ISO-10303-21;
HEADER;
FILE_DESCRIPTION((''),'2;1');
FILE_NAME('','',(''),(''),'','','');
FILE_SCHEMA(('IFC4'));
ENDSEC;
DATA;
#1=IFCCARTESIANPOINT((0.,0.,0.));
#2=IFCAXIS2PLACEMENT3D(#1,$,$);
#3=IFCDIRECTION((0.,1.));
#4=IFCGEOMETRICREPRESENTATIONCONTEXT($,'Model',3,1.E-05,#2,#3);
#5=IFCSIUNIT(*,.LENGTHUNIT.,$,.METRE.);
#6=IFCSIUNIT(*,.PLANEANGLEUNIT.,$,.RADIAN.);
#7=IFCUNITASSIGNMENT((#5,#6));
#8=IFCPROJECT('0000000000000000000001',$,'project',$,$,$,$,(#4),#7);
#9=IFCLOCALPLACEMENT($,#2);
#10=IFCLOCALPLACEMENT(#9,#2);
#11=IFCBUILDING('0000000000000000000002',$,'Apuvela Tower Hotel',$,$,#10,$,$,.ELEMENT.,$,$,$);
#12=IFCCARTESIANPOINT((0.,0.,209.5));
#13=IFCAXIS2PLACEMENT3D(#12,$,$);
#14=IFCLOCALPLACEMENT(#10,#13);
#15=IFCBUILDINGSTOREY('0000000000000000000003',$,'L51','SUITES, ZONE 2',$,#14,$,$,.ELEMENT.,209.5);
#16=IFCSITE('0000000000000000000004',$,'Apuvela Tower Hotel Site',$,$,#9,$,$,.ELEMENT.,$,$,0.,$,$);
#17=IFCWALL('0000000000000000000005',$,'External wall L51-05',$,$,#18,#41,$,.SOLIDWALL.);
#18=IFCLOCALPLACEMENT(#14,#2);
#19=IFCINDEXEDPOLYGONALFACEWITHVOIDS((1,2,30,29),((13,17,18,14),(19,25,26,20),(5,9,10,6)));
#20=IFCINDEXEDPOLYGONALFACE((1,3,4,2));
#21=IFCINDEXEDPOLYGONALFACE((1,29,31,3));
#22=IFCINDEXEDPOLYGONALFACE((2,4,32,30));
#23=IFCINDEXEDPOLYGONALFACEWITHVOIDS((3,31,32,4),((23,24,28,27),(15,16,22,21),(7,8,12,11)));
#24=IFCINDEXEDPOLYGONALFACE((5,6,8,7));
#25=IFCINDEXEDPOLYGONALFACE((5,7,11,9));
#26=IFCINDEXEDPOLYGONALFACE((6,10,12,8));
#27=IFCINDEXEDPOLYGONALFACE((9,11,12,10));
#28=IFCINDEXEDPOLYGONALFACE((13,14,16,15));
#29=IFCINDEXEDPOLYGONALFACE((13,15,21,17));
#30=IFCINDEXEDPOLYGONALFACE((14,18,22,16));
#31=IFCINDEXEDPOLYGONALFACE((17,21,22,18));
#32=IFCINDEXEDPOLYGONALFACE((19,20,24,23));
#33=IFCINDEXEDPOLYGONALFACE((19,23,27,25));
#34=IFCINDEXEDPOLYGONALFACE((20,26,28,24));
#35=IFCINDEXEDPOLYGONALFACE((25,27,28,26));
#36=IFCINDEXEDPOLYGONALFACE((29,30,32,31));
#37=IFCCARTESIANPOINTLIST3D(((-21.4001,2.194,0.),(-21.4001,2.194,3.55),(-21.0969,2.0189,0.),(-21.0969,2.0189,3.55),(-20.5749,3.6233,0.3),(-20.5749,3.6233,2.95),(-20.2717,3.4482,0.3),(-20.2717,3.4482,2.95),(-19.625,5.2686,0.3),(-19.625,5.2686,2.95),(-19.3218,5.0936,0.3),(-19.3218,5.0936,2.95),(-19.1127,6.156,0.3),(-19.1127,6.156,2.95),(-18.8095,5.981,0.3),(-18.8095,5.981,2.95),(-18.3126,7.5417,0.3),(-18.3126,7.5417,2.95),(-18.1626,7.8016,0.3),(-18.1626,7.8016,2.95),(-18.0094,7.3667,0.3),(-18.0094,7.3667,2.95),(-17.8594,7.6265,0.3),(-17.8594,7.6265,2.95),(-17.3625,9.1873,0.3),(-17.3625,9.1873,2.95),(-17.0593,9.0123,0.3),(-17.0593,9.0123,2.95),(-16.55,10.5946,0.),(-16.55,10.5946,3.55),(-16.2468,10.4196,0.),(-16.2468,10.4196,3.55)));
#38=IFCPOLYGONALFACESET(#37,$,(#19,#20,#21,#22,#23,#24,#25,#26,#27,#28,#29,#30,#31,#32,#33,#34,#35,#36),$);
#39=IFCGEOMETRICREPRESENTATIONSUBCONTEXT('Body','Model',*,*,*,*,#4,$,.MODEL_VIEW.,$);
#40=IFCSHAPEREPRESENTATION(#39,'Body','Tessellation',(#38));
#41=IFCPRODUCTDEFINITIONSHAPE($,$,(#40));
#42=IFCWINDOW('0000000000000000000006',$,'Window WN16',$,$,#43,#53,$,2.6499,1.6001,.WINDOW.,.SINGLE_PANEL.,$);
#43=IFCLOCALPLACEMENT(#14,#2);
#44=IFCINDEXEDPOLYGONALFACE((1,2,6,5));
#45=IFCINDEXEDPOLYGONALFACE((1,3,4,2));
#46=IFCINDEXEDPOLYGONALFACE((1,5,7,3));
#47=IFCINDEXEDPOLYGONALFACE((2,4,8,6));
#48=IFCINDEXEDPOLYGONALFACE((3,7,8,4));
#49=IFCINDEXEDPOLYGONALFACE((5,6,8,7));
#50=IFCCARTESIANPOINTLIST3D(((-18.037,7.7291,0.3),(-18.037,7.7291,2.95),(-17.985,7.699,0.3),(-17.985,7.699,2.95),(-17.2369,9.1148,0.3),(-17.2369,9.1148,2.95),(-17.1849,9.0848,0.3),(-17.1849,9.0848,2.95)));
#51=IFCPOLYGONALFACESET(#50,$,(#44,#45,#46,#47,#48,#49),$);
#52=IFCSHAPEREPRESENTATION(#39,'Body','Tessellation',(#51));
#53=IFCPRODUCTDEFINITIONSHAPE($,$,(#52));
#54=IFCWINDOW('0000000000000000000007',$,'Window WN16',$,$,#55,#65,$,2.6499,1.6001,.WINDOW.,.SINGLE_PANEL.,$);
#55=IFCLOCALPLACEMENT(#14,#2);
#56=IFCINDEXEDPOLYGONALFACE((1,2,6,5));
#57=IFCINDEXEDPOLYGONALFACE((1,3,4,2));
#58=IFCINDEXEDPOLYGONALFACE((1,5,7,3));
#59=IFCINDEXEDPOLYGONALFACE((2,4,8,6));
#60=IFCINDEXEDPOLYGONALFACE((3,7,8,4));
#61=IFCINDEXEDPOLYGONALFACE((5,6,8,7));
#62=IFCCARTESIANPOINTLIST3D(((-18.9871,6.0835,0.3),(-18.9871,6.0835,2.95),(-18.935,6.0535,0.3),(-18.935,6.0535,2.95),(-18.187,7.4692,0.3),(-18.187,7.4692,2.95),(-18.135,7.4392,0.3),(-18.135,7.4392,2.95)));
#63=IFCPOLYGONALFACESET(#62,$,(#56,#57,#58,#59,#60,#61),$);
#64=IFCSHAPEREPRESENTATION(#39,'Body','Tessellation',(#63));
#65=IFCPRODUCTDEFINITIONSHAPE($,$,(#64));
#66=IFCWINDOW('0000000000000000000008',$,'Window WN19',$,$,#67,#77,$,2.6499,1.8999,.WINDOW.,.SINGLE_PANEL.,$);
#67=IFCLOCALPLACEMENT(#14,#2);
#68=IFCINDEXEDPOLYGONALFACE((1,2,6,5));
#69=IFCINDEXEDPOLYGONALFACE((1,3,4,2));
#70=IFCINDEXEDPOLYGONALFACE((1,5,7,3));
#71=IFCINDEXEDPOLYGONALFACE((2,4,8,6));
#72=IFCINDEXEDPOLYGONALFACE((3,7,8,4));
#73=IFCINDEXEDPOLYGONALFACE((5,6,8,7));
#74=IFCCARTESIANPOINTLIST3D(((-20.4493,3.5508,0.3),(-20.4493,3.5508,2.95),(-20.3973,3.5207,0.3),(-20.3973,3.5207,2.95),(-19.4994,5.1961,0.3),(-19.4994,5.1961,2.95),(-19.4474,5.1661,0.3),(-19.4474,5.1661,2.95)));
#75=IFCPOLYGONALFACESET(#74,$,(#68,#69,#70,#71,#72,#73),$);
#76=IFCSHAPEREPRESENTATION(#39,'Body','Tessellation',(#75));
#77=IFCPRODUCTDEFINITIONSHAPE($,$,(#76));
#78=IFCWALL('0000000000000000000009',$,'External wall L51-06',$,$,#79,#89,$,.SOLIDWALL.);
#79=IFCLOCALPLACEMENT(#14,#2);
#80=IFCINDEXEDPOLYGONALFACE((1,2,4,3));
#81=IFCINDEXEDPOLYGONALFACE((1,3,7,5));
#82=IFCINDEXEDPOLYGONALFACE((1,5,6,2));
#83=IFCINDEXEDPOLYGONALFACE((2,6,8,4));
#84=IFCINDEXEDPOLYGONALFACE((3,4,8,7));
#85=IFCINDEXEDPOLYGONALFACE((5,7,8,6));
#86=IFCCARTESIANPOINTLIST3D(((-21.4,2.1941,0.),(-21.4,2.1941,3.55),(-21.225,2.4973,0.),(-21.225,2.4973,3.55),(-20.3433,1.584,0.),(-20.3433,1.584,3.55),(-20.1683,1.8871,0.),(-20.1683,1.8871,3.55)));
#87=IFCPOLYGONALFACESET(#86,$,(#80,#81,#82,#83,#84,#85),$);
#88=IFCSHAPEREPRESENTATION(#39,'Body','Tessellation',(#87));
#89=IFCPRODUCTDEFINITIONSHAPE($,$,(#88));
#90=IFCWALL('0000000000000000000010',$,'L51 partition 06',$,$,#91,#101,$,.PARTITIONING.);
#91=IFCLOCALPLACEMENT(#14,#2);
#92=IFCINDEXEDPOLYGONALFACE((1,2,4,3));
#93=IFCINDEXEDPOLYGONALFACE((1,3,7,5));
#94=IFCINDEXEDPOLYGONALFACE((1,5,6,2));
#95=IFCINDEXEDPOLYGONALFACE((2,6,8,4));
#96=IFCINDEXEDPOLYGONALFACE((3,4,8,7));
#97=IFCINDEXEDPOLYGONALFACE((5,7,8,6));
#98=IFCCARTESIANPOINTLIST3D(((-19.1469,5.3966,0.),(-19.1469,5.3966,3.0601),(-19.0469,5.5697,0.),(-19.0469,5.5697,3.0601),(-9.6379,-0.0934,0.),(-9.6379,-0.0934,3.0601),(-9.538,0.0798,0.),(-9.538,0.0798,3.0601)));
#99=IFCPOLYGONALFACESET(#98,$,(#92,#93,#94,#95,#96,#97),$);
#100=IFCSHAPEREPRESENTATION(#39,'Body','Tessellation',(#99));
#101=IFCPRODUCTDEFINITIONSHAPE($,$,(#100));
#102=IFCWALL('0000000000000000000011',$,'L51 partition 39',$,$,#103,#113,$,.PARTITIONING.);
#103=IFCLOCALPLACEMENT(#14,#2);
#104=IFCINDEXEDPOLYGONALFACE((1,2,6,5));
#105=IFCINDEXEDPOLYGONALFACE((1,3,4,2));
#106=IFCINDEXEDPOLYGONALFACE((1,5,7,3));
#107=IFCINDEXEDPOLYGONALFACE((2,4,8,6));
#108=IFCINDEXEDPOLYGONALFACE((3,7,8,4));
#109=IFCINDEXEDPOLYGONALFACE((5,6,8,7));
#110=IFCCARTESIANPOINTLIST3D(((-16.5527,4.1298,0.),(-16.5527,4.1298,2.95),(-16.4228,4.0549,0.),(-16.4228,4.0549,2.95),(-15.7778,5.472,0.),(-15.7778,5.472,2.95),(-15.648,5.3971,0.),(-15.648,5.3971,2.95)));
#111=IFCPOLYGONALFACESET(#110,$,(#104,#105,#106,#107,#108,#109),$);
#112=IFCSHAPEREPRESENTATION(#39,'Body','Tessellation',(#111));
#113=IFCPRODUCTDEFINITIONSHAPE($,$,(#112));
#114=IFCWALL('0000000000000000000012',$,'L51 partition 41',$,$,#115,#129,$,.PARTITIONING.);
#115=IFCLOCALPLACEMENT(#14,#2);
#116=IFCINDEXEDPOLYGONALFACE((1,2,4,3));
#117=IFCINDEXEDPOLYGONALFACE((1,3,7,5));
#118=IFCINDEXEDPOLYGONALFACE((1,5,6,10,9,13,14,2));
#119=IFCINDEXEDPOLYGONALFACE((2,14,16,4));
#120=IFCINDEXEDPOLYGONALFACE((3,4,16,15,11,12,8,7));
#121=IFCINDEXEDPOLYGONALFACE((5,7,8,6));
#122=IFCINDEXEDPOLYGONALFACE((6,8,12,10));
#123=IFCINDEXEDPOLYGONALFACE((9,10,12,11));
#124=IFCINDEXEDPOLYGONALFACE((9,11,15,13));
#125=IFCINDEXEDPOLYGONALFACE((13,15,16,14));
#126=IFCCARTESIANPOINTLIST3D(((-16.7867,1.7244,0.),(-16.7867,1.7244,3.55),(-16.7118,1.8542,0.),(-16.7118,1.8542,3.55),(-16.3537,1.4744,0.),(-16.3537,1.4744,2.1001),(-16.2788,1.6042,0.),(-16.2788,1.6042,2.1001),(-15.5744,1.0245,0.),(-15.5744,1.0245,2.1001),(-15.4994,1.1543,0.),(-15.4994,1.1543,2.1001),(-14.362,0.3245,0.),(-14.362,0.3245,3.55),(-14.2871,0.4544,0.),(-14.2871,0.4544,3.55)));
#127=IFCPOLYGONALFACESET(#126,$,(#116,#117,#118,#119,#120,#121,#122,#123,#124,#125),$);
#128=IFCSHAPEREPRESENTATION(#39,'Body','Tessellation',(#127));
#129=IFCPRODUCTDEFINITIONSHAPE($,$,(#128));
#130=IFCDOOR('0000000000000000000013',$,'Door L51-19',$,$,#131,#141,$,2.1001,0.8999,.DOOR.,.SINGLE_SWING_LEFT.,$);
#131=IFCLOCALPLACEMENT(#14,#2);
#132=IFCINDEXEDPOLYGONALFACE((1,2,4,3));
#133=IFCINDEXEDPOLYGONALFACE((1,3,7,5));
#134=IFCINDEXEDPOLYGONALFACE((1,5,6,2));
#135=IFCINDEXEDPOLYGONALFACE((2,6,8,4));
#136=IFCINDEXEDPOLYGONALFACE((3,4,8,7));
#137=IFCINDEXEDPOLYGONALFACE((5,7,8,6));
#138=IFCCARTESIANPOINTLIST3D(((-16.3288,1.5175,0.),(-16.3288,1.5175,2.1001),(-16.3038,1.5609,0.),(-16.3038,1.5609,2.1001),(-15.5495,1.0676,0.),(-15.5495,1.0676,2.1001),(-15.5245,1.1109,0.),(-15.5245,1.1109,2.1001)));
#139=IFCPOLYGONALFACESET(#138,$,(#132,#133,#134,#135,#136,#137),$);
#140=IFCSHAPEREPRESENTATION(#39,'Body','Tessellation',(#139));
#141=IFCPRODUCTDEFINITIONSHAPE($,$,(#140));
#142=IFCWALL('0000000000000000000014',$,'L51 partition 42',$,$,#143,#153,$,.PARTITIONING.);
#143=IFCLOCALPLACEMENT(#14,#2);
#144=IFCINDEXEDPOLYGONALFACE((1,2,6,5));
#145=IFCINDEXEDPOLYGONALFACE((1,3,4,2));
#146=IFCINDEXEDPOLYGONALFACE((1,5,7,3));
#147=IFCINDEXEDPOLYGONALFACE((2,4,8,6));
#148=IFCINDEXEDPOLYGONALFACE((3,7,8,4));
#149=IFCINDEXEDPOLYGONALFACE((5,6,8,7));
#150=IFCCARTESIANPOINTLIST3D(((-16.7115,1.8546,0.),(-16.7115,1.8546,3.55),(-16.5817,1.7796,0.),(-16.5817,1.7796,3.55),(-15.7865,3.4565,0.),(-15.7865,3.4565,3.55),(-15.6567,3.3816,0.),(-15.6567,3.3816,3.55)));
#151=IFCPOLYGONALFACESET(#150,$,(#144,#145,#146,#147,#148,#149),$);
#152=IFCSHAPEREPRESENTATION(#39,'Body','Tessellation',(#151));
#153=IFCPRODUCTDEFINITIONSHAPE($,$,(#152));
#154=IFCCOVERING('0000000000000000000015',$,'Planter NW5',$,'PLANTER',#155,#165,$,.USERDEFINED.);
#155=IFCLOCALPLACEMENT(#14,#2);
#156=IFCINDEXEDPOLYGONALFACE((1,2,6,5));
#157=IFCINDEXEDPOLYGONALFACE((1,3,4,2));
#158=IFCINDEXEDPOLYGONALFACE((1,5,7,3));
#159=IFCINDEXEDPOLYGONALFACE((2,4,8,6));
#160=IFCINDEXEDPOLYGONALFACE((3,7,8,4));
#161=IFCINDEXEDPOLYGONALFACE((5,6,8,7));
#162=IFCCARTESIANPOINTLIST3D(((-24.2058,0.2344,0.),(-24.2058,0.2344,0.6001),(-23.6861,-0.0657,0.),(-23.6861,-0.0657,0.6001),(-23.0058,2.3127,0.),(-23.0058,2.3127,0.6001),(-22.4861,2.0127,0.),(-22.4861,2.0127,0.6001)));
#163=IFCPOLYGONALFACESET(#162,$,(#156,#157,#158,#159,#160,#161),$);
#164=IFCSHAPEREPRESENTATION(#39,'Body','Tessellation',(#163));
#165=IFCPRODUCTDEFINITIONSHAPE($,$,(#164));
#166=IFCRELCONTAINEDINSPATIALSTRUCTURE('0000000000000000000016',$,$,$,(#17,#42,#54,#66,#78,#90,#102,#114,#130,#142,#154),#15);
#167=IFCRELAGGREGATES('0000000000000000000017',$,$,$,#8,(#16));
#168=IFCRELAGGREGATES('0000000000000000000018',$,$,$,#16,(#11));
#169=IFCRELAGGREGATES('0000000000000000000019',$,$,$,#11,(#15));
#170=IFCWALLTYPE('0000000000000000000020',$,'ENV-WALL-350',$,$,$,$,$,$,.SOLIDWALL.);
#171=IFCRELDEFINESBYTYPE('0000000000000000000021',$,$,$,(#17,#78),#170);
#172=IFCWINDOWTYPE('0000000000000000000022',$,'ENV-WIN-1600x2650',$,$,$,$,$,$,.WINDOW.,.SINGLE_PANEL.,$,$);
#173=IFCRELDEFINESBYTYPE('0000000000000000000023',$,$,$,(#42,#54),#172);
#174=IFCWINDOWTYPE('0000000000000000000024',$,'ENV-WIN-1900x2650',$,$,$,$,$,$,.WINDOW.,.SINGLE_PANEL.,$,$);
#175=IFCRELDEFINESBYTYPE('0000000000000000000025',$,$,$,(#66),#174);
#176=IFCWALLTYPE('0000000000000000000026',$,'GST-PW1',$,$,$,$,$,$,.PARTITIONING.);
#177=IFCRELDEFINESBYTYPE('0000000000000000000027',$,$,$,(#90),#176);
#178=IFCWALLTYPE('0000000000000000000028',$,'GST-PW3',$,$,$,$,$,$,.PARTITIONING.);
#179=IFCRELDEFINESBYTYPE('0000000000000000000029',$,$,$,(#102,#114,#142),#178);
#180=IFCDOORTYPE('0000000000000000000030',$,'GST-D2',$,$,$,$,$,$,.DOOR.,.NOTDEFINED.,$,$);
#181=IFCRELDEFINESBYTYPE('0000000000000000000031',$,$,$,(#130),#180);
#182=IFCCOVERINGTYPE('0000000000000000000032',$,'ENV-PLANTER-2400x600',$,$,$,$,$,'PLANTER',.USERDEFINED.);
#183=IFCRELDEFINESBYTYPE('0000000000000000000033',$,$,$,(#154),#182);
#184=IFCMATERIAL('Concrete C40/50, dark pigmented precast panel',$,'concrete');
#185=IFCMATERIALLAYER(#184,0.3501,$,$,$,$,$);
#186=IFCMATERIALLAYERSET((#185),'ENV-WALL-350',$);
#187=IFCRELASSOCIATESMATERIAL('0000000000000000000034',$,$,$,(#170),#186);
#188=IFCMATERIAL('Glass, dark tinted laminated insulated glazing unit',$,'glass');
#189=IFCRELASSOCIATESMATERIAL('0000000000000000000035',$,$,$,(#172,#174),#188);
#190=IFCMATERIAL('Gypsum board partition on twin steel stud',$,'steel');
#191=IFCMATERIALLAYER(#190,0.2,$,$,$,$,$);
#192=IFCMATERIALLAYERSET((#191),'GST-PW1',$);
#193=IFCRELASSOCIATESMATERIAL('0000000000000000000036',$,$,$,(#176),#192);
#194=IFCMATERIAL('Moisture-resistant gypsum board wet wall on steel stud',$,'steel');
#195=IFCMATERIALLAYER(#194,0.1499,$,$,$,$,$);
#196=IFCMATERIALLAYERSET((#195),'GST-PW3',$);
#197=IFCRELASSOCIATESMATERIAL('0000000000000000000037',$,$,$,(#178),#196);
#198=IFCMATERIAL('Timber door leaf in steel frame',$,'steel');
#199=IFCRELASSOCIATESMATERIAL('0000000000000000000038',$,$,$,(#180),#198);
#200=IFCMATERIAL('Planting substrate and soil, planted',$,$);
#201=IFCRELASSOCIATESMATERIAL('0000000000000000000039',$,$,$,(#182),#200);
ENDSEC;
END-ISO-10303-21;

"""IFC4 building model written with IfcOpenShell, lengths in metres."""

from ifc_helpers import new_model, si_unit, direction, frame, frame_2d, origin, origin_2d, place, context, subcontext, project, spatial, rectangle, extrude, material, layer, layer_set, type_object, element, fill, save


model = new_model("IFC4")

# Units and contexts
model_context = context("Model", 3, precision=1e-05, world=origin(), true_north=direction((0.0, 1.0)))
body_context = subcontext(model_context, "Body", "Model", "MODEL_VIEW")
ifc_project = project(units=[si_unit("LENGTHUNIT", "METRE"), si_unit("PLANEANGLEUNIT", "RADIAN")], contexts=[model_context])

# Site, building, storey
site_placement = place(None, origin())
site = spatial("IfcSite", under=ifc_project, at=site_placement, Name="Apuvela Tower Hotel Site", CompositionType="ELEMENT", RefElevation=0.0)
building_placement = place(site_placement, origin())
building = spatial("IfcBuilding", under=site, at=building_placement, Name="Apuvela Tower Hotel", CompositionType="ELEMENT")
storey_placement = place(building_placement, frame((0.0, 0.0, 209.5)))
storey = spatial("IfcBuildingStorey", under=building, at=storey_placement, Name="L51", Description="SUITES, ZONE 2", CompositionType="ELEMENT", Elevation=209.5)

# Shared definitions
ifc_material_1 = material(Name="Concrete C40/50, dark pigmented precast panel", Category="concrete")
ifc_layer_1 = layer(ifc_material_1, 0.3501)
ifc_layer_set_1 = layer_set([ifc_layer_1], Name="ENV-WALL-350")
wall_type_1 = type_object("IfcWallType", Name="ENV-WALL-350", PredefinedType="SOLIDWALL", material=ifc_layer_set_1)

# Wall, openings, windows
wall_1_placement = place(storey_placement, frame((-16.3984, 10.5071, 0.0), z_axis=(0.0, 0.0, 1.0), x_axis=(-0.499999, -0.866026, 0.0)))
wall_1 = element("IfcWall", 1, at=wall_1_placement, inside=storey, type_object=wall_type_1, Name="External wall L51-05", PredefinedType="SOLIDWALL", context=body_context, shape_type="SweptSolid", body=[
    extrude(rectangle(XDim=9.7002, YDim=0.3501, at=frame_2d((4.8501, 0.0))), origin(), (0.0, 0.0, 1.0), 3.55),
])
opening_1_placement = place(wall_1_placement, frame((1.625, 0.0, 0.3)))
opening_1 = element("IfcOpeningElement", 2, at=opening_1_placement, cuts=wall_1, PredefinedType="OPENING", context=body_context, shape_type="SweptSolid", body=[
    extrude(rectangle(XDim=1.6001, YDim=2.6499, at=frame_2d((0.8, 1.325))), frame((0.0, 0.1851, 0.0), z_axis=(0.0, -1.0, 0.0), x_axis=(1.0, 0.0, 0.0)), (0.0, 0.0, 1.0), 0.3701),
])
opening_2_placement = place(wall_1_placement, frame((3.5251, 0.0, 0.3)))
opening_2 = element("IfcOpeningElement", 3, at=opening_2_placement, cuts=wall_1, PredefinedType="OPENING", context=body_context, shape_type="SweptSolid", body=[
    extrude(rectangle(XDim=1.6001, YDim=2.6499, at=frame_2d((0.8, 1.325))), frame((0.0, 0.1851, 0.0), z_axis=(0.0, -1.0, 0.0), x_axis=(1.0, 0.0, 0.0)), (0.0, 0.0, 1.0), 0.3701),
])
opening_3_placement = place(wall_1_placement, frame((6.1499, 0.0, 0.3)))
opening_3 = element("IfcOpeningElement", 4, at=opening_3_placement, cuts=wall_1, PredefinedType="OPENING", context=body_context, shape_type="SweptSolid", body=[
    extrude(rectangle(XDim=1.8999, YDim=2.6499, at=frame_2d((0.95, 1.325))), frame((0.0, 0.1851, 0.0), z_axis=(0.0, -1.0, 0.0), x_axis=(1.0, 0.0, 0.0)), (0.0, 0.0, 1.0), 0.3701),
])
ifc_material_2 = material(Name="Glass, dark tinted laminated insulated glazing unit", Category="glass")
window_type_1 = type_object("IfcWindowType", Name="ENV-WIN-1600x2650", PartitioningType="SINGLE_PANEL", PredefinedType="WINDOW", material=ifc_material_2)
window_1_placement = place(opening_1_placement, origin())
window_1 = element("IfcWindow", 5, at=window_1_placement, inside=storey, type_object=window_type_1, Name="Window WN16", OverallHeight=2.6499, OverallWidth=1.6001, PartitioningType="SINGLE_PANEL", PredefinedType="WINDOW", context=body_context, shape_type="SweptSolid", body=[
    extrude(rectangle(XDim=1.6001, YDim=2.6499, at=frame_2d((0.8, 1.325))), frame((0.0, 0.03, 0.0), z_axis=(0.0, -1.0, 0.0), x_axis=(1.0, 0.0, 0.0)), (0.0, 0.0, 1.0), 0.0601),
])
fill(opening_1, window_1)
window_2_placement = place(opening_2_placement, origin())
window_2 = element("IfcWindow", 6, at=window_2_placement, inside=storey, type_object=window_type_1, Name="Window WN16", OverallHeight=2.6499, OverallWidth=1.6001, PartitioningType="SINGLE_PANEL", PredefinedType="WINDOW", context=body_context, shape_type="SweptSolid", body=[
    extrude(rectangle(XDim=1.6001, YDim=2.6499, at=frame_2d((0.8, 1.325))), frame((0.0, 0.03, 0.0), z_axis=(0.0, -1.0, 0.0), x_axis=(1.0, 0.0, 0.0)), (0.0, 0.0, 1.0), 0.0601),
])
fill(opening_2, window_2)
window_type_2 = type_object("IfcWindowType", Name="ENV-WIN-1900x2650", PartitioningType="SINGLE_PANEL", PredefinedType="WINDOW", material=ifc_material_2)
window_3_placement = place(opening_3_placement, origin())
window_3 = element("IfcWindow", 7, at=window_3_placement, inside=storey, type_object=window_type_2, Name="Window WN19", OverallHeight=2.6499, OverallWidth=1.8999, PartitioningType="SINGLE_PANEL", PredefinedType="WINDOW", context=body_context, shape_type="SweptSolid", body=[
    extrude(rectangle(XDim=1.8999, YDim=2.6499, at=frame_2d((0.95, 1.325))), frame((0.0, 0.03, 0.0), z_axis=(0.0, -1.0, 0.0), x_axis=(1.0, 0.0, 0.0)), (0.0, 0.0, 1.0), 0.0601),
])
fill(opening_3, window_3)

# Wall
wall_2_placement = place(storey_placement, frame((-21.3125, 2.3457, 0.0), z_axis=(0.0, 0.0, 1.0), x_axis=(0.866006, -0.500034, 0.0)))
element("IfcWall", 8, at=wall_2_placement, inside=storey, type_object=wall_type_1, Name="External wall L51-06", PredefinedType="SOLIDWALL", context=body_context, shape_type="SweptSolid", body=[
    extrude(rectangle(XDim=1.2202, YDim=0.3501, at=frame_2d((0.6101, 0.0))), origin(), (0.0, 0.0, 1.0), 3.55),
])

# Walls
ifc_material_3 = material(Name="Gypsum board partition on twin steel stud", Category="steel")
ifc_layer_2 = layer(ifc_material_3, 0.2)
ifc_layer_set_2 = layer_set([ifc_layer_2], Name="GST-PW1")
wall_type_2 = type_object("IfcWallType", Name="GST-PW1", PredefinedType="PARTITIONING", material=ifc_layer_set_2)
wall_3_placement = place(storey_placement, frame((-19.0969, 5.4832, 0.0), z_axis=(0.0, 0.0, 1.0), x_axis=(0.866027, -0.499996, 0.0)))
element("IfcWall", 9, at=wall_3_placement, inside=storey, type_object=wall_type_2, Name="L51 partition 06", PredefinedType="PARTITIONING", context=body_context, shape_type="SweptSolid", body=[
    extrude(rectangle(XDim=10.98, YDim=0.2, at=frame_2d((5.49, 0.0))), origin(), (0.0, 0.0, 1.0), 3.0601),
])
ifc_material_4 = material(Name="Moisture-resistant gypsum board wet wall on steel stud", Category="steel")
ifc_layer_3 = layer(ifc_material_4, 0.1499)
ifc_layer_set_3 = layer_set([ifc_layer_3], Name="GST-PW3")
wall_type_3 = type_object("IfcWallType", Name="GST-PW3", PredefinedType="PARTITIONING", material=ifc_layer_set_3)
wall_4_placement = place(storey_placement, frame((-15.7129, 5.4346, 0.0), z_axis=(0.0, 0.0, 1.0), x_axis=(-0.499968, -0.866044, 0.0)))
element("IfcWall", 10, at=wall_4_placement, inside=storey, type_object=wall_type_3, Name="L51 partition 39", PredefinedType="PARTITIONING", context=body_context, shape_type="SweptSolid", body=[
    extrude(rectangle(XDim=1.5498, YDim=0.1499, at=frame_2d((0.7749, 0.0))), origin(), (0.0, 0.0, 1.0), 2.95),
])

# Wall, opening, door
wall_5_placement = place(storey_placement, frame((-16.7493, 1.7893, 0.0), z_axis=(0.0, 0.0, 1.0), x_axis=(0.866035, -0.499984, 0.0)))
wall_5 = element("IfcWall", 11, at=wall_5_placement, inside=storey, type_object=wall_type_3, Name="L51 partition 41", PredefinedType="PARTITIONING", context=body_context, shape_type="SweptSolid", body=[
    extrude(rectangle(XDim=2.7998, YDim=0.1499, at=frame_2d((1.3999, 0.0))), origin(), (0.0, 0.0, 1.0), 3.55),
])
opening_4_placement = place(wall_5_placement, frame((0.5, 0.0, 0.0)))
opening_4 = element("IfcOpeningElement", 12, at=opening_4_placement, cuts=wall_5, PredefinedType="OPENING", context=body_context, shape_type="SweptSolid", body=[
    extrude(rectangle(XDim=0.8999, YDim=2.1001, at=frame_2d((0.45, 1.05))), frame((0.0, 0.085, 0.0), z_axis=(0.0, -1.0, 0.0), x_axis=(1.0, 0.0, 0.0)), (0.0, 0.0, 1.0), 0.1699),
])
ifc_material_5 = material(Name="Timber door leaf in steel frame", Category="steel")
door_type_1 = type_object("IfcDoorType", Name="GST-D2", OperationType="NOTDEFINED", PredefinedType="DOOR", material=ifc_material_5)
door_1_placement = place(opening_4_placement, origin())
door_1 = element("IfcDoor", 13, at=door_1_placement, inside=storey, type_object=door_type_1, Name="Door L51-19", OperationType="SINGLE_SWING_LEFT", OverallHeight=2.1001, OverallWidth=0.8999, PredefinedType="DOOR", context=body_context, shape_type="SweptSolid", body=[
    extrude(rectangle(XDim=0.8999, YDim=2.1001, at=frame_2d((0.45, 1.05))), frame((0.0, 0.0249, 0.0), z_axis=(0.0, -1.0, 0.0), x_axis=(1.0, 0.0, 0.0)), (0.0, 0.0, 1.0), 0.05),
])
fill(opening_4, door_1)

# Wall
wall_6_placement = place(storey_placement, frame((-15.7217, 3.4189, 0.0), z_axis=(0.0, 0.0, 1.0), x_axis=(-0.500042, -0.866001, 0.0)))
element("IfcWall", 14, at=wall_6_placement, inside=storey, type_object=wall_type_3, Name="L51 partition 42", PredefinedType="PARTITIONING", context=body_context, shape_type="SweptSolid", body=[
    extrude(rectangle(XDim=1.8499, YDim=0.1499, at=frame_2d((0.9248, 0.0))), origin(), (0.0, 0.0, 1.0), 3.55),
])

# Covering
ifc_material_6 = material(Name="Planting substrate and soil, planted")
covering_type = type_object("IfcCoveringType", Name="ENV-PLANTER-2400x600", ElementType="PLANTER", PredefinedType="USERDEFINED", material=ifc_material_6)
covering_placement = place(storey_placement, frame((-23.3459, 1.1235, 0.0), z_axis=(0.0, 0.0, 1.0), x_axis=(-0.5, -0.866025, 0.0)))
element("IfcCovering", 15, at=covering_placement, inside=storey, type_object=covering_type, Name="Planter NW5", ObjectType="PLANTER", PredefinedType="USERDEFINED", context=body_context, shape_type="SweptSolid", body=[
    extrude(rectangle(XDim=2.3999, YDim=0.6001, at=origin_2d()), origin(), (0.0, 0.0, 1.0), 0.6001),
])

save(model, "model.ifc")
